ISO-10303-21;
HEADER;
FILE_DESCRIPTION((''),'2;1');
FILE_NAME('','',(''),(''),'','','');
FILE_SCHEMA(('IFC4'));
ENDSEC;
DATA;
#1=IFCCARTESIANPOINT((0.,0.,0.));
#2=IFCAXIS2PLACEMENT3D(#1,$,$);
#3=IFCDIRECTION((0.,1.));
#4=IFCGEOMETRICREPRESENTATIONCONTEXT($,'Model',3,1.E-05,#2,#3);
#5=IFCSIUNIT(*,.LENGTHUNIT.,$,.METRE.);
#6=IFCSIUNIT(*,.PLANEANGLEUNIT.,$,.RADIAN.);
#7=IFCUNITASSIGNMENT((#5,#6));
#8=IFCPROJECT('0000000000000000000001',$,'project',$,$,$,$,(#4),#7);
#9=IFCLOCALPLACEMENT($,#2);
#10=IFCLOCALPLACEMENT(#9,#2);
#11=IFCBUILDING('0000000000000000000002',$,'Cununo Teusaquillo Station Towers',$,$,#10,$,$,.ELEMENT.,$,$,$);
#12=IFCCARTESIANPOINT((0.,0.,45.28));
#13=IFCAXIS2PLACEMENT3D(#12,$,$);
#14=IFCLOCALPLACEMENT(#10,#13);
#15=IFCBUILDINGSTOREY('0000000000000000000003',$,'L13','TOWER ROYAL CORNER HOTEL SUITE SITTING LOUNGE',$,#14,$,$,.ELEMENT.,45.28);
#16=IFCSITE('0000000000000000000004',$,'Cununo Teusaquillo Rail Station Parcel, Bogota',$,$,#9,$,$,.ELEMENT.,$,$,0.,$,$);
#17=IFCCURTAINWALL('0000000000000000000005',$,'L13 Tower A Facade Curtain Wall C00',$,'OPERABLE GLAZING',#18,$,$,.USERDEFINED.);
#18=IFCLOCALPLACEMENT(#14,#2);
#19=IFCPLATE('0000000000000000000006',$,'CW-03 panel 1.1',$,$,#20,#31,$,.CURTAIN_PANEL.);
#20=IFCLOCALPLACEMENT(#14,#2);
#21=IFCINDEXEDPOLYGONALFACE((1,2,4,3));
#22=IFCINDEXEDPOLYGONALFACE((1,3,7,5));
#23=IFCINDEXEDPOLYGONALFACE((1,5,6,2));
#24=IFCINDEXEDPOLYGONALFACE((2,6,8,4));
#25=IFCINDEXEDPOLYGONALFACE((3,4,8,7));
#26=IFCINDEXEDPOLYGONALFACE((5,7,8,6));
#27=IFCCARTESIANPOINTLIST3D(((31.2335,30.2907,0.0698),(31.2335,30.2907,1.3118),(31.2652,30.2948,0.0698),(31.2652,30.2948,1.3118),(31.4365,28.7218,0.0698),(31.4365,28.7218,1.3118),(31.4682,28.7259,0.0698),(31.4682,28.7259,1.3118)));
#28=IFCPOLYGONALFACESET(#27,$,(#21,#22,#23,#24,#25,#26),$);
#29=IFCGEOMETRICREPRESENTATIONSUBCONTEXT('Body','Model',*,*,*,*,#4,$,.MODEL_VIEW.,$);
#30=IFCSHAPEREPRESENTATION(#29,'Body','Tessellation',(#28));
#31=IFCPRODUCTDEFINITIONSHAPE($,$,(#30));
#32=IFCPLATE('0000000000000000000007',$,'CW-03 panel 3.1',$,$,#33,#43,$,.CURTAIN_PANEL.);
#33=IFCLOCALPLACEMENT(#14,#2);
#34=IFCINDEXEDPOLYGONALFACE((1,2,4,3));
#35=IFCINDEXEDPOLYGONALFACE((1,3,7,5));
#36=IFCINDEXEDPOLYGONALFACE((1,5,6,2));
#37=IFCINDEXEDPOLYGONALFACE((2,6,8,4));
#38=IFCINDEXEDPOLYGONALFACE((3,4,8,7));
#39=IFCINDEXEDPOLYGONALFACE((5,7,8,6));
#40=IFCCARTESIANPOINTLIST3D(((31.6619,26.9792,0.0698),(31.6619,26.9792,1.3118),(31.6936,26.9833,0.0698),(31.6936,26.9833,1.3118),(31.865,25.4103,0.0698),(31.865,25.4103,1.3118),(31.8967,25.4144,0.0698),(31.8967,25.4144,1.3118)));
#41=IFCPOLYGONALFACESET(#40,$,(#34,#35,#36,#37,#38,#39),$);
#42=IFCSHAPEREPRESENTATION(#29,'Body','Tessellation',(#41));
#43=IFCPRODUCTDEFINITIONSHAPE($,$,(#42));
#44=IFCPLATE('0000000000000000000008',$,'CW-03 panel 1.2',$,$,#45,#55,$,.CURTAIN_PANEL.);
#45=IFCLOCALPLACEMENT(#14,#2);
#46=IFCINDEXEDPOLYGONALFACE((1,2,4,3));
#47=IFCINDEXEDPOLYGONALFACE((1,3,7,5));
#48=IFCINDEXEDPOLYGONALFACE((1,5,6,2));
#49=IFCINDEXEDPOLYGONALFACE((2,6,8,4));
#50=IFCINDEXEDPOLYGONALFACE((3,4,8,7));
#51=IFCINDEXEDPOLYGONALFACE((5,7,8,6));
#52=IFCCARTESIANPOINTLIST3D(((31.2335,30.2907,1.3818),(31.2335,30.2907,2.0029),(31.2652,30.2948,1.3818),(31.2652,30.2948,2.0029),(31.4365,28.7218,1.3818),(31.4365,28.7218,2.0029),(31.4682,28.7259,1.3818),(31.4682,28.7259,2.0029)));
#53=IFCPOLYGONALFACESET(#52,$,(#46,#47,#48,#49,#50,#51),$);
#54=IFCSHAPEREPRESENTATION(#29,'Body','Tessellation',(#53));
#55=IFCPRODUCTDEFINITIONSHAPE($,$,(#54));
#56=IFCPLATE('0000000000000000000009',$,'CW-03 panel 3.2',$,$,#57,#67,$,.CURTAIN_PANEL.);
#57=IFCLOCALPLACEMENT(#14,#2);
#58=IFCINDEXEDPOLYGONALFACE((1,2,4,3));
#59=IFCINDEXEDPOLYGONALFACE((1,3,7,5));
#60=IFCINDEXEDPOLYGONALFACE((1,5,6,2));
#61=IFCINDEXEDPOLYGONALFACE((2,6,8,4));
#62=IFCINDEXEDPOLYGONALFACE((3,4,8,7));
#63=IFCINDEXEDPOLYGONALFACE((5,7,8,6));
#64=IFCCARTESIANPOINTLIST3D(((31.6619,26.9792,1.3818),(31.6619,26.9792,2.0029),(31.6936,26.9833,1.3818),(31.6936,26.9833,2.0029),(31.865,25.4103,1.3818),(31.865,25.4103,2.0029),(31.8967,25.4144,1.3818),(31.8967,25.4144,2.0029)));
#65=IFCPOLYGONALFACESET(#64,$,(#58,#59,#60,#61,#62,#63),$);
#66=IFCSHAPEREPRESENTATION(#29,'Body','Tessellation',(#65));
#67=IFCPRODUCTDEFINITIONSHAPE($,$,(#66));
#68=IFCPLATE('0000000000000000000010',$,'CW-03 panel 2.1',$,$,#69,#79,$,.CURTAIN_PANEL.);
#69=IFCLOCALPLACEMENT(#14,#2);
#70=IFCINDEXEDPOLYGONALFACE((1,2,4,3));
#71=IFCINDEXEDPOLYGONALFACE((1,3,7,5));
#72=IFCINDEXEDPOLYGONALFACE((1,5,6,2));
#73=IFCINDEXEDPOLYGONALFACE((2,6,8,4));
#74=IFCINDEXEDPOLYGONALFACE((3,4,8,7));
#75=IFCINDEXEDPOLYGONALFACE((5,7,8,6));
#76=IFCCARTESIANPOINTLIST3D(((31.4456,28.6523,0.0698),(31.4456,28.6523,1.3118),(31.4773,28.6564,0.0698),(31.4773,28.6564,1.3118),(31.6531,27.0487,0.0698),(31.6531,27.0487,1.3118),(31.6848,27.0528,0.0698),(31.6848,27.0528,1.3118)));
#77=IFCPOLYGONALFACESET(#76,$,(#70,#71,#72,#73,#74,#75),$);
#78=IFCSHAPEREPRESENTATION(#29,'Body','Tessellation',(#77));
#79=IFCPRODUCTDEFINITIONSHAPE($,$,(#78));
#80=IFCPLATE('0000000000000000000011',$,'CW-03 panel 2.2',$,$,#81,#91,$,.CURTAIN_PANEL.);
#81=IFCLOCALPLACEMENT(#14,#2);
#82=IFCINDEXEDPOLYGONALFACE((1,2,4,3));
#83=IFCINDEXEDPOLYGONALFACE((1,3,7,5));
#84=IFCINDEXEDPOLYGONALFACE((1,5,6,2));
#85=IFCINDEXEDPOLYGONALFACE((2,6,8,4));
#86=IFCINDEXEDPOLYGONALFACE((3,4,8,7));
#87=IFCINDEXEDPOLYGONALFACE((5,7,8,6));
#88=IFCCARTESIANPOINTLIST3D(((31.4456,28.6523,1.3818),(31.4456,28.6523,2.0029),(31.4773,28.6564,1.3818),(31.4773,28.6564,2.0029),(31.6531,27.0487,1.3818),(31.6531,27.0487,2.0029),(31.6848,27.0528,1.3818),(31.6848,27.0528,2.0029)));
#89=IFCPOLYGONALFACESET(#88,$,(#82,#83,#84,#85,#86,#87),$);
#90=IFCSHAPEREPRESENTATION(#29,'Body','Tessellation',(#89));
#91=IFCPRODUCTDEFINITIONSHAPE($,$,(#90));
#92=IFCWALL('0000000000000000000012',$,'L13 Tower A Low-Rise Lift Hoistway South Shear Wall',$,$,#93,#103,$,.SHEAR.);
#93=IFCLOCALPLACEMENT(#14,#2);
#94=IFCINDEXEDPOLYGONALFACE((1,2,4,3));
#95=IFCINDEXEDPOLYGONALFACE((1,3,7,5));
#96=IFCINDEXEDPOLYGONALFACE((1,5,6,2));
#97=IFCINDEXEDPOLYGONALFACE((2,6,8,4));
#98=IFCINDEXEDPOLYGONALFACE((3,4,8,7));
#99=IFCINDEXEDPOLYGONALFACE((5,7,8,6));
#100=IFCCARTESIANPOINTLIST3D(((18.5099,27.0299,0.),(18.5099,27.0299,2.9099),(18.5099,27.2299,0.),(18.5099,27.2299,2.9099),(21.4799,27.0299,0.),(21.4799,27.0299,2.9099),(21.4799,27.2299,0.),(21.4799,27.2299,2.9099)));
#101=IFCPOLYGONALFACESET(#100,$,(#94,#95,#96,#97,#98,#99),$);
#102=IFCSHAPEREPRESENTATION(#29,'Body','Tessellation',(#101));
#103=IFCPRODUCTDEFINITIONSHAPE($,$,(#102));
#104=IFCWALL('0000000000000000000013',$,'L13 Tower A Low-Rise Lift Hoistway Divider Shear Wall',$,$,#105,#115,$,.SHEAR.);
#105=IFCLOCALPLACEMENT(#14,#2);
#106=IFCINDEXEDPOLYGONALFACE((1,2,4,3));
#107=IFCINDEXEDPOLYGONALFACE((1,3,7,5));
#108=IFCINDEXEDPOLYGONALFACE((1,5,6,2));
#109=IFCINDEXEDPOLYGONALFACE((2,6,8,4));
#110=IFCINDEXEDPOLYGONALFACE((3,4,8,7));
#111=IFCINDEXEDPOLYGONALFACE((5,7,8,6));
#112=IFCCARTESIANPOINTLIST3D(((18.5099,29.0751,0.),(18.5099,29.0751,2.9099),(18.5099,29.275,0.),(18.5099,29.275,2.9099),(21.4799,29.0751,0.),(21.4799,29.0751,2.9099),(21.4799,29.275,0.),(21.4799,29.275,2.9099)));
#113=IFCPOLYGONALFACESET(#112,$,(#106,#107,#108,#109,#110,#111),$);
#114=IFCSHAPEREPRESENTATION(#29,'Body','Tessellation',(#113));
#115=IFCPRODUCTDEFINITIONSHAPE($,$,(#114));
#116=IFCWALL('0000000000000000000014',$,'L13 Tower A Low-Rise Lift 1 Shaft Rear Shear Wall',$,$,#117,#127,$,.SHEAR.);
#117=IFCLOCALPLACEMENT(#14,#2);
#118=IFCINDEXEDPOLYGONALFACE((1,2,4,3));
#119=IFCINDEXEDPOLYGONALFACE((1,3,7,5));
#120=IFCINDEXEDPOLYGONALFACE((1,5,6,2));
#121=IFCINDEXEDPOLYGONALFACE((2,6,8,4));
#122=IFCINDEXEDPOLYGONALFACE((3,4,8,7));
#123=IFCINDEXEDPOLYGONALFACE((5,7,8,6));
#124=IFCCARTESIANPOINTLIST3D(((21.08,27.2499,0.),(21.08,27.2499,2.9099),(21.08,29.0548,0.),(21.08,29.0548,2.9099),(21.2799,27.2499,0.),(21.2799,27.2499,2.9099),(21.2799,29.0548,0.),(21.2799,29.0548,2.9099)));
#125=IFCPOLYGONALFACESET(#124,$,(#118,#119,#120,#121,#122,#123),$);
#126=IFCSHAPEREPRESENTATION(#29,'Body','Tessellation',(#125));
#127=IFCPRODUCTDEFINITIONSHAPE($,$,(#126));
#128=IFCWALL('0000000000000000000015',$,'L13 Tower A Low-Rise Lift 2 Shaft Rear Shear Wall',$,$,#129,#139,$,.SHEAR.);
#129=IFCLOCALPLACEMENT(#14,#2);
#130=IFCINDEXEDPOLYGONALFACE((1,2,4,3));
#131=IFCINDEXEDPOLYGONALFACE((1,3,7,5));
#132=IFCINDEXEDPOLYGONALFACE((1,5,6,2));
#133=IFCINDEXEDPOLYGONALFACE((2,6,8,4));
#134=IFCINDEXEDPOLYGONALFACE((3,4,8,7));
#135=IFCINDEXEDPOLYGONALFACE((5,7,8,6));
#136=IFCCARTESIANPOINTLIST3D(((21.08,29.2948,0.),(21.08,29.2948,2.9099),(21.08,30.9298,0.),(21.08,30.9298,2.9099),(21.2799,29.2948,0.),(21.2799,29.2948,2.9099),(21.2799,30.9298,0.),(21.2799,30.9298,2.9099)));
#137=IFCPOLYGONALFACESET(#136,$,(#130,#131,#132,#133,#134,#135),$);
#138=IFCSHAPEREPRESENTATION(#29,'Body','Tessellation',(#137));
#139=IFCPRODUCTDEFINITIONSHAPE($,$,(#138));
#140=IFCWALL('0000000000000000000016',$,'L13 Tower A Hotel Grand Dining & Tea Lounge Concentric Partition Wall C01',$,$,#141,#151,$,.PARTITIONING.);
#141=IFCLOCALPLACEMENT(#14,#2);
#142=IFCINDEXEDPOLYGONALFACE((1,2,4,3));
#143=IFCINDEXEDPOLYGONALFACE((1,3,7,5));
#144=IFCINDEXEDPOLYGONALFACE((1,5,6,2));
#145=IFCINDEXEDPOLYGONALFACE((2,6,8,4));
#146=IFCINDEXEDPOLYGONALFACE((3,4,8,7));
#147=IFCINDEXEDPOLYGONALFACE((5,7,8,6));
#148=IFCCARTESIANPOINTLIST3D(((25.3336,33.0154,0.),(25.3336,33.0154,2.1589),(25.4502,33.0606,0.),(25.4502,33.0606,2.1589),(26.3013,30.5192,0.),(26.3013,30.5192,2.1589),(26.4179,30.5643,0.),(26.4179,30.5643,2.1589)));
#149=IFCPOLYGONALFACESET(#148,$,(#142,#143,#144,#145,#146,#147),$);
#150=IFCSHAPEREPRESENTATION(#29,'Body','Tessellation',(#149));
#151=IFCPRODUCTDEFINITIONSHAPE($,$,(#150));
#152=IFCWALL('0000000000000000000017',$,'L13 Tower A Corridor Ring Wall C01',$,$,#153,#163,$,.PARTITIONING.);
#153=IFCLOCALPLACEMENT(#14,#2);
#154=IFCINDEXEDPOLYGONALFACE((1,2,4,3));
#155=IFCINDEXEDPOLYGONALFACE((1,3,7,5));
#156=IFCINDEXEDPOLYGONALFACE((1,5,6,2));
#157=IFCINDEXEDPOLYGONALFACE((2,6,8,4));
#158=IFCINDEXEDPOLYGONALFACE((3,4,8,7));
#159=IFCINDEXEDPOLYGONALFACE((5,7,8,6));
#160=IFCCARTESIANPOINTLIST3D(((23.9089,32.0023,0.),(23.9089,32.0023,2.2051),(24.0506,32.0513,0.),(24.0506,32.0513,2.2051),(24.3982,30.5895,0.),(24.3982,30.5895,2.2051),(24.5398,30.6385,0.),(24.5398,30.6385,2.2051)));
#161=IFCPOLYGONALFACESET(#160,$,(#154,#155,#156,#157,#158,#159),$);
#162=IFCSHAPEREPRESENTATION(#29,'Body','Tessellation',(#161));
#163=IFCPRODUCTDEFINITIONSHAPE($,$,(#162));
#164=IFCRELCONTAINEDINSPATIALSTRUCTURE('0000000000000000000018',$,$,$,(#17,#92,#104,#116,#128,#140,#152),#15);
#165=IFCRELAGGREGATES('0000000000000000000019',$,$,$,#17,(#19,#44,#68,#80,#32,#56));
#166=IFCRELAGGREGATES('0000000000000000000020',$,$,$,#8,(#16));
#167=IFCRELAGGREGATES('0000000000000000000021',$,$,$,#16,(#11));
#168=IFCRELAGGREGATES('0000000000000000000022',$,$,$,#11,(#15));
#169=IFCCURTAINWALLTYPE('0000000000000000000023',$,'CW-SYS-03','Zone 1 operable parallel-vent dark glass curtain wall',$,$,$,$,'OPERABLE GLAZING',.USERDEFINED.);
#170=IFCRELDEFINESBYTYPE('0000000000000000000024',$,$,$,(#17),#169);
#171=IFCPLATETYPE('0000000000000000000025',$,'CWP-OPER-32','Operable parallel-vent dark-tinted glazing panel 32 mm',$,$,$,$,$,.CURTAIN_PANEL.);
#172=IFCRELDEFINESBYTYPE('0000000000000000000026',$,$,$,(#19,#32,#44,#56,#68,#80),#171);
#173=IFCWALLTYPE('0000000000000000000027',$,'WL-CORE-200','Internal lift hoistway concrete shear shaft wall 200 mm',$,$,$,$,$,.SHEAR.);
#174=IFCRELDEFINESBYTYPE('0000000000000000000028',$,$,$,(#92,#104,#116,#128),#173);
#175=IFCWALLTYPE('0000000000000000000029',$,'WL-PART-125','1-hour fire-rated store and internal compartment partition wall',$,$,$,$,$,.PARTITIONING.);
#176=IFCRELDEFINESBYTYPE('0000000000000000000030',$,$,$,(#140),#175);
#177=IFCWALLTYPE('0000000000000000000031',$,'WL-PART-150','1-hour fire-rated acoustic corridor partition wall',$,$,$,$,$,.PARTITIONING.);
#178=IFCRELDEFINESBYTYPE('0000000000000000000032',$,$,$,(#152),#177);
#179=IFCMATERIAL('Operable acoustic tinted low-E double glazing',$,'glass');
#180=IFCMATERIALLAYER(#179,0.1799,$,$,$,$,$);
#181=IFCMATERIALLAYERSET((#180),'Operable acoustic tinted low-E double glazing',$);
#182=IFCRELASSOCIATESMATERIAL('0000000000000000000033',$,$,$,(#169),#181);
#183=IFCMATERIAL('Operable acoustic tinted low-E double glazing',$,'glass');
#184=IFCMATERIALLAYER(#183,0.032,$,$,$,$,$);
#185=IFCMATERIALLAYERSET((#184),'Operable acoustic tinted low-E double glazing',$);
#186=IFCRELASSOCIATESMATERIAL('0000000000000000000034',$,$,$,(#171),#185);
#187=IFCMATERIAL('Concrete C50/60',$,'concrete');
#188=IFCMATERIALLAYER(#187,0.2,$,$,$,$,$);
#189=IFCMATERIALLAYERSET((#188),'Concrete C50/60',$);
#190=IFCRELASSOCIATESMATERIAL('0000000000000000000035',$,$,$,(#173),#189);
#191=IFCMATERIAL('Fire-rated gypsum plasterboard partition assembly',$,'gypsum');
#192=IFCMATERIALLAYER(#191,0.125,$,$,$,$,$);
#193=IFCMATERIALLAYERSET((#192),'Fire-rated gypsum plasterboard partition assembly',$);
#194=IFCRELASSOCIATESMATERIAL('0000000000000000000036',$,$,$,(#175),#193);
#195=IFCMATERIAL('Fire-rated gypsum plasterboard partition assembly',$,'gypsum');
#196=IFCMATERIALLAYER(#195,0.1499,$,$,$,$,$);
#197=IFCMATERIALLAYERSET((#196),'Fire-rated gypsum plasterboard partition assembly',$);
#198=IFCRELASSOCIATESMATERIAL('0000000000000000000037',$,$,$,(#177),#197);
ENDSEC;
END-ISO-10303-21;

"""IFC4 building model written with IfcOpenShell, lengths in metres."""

from ifc_helpers import new_model, si_unit, direction, frame, frame_2d, origin, origin_2d, place, context, subcontext, project, spatial, rectangle, extrude, source, transform, mapped, material, layer, layer_set, type_object, element, aggregate, save


model = new_model("IFC4")

# Units and contexts
model_context = context("Model", 3, precision=1e-05, world=origin(), true_north=direction((0.0, 1.0)))
body_context = subcontext(model_context, "Body", "Model", "MODEL_VIEW")
ifc_project = project(units=[si_unit("LENGTHUNIT", "METRE"), si_unit("PLANEANGLEUNIT", "RADIAN")], contexts=[model_context])

# Site, building, storey
site_placement = place(None, origin())
site = spatial("IfcSite", under=ifc_project, at=site_placement, Name="Cununo Teusaquillo Rail Station Parcel, Bogota", CompositionType="ELEMENT", RefElevation=0.0)
building_placement = place(site_placement, origin())
building = spatial("IfcBuilding", under=site, at=building_placement, Name="Cununo Teusaquillo Station Towers", CompositionType="ELEMENT")
storey_placement = place(building_placement, frame((0.0, 0.0, 45.28)))
storey = spatial("IfcBuildingStorey", under=building, at=storey_placement, Name="L13", Description="TOWER ROYAL CORNER HOTEL SUITE SITTING LOUNGE", CompositionType="ELEMENT", Elevation=45.28)

# Curtain wall, plates
ifc_material_1 = material(Name="Operable acoustic tinted low-E double glazing", Category="glass")
ifc_layer_1 = layer(ifc_material_1, 0.1799)
ifc_layer_set_1 = layer_set([ifc_layer_1], Name="Operable acoustic tinted low-E double glazing")
curtain_wall_type = type_object("IfcCurtainWallType", Name="CW-SYS-03", Description="Zone 1 operable parallel-vent dark glass curtain wall", ElementType="OPERABLE GLAZING", PredefinedType="USERDEFINED", material=ifc_layer_set_1)
curtain_wall_placement = place(storey_placement, origin())
curtain_wall = element("IfcCurtainWall", 1, at=curtain_wall_placement, inside=storey, type_object=curtain_wall_type, Name="L13 Tower A Facade Curtain Wall C00", ObjectType="OPERABLE GLAZING", PredefinedType="USERDEFINED")
ifc_material_2 = material(Name="Operable acoustic tinted low-E double glazing", Category="glass")
ifc_layer_2 = layer(ifc_material_2, 0.032)
ifc_layer_set_2 = layer_set([ifc_layer_2], Name="Operable acoustic tinted low-E double glazing")
plate_type = type_object("IfcPlateType", Name="CWP-OPER-32", Description="Operable parallel-vent dark-tinted glazing panel 32 mm", PredefinedType="CURTAIN_PANEL", material=ifc_layer_set_2)
shared_shape_1 = source(origin(), body_context, "Body", "SweptSolid", [
    extrude(rectangle(XDim=1.582, YDim=0.032, at=origin_2d()), origin(), (0.0, 0.0, 1.0), 1.2419),
])
plate_1_placement = place(storey_placement, frame((31.3508, 29.5083, 0.0698), z_axis=(0.0, 0.0, 1.0), x_axis=(0.128336, -0.991731, 0.0)))
plate_1 = element("IfcPlate", 2, at=plate_1_placement, type_object=plate_type, Name="CW-03 panel 1.1", PredefinedType="CURTAIN_PANEL", context=body_context, shape_type="MappedRepresentation", body=[
    mapped(shared_shape_1, transform((0.0, 0.0, 0.0), x_axis=(1.0, 0.0, 0.0), y_axis=(0.0, 1.0, 0.0), z_axis=(0.0, 0.0, 1.0), scale=1.0)),
])
plate_2_placement = place(storey_placement, frame((31.7793, 26.1968, 0.0698), z_axis=(0.0, 0.0, 1.0), x_axis=(0.128336, -0.991731, 0.0)))
plate_2 = element("IfcPlate", 3, at=plate_2_placement, type_object=plate_type, Name="CW-03 panel 3.1", PredefinedType="CURTAIN_PANEL", context=body_context, shape_type="MappedRepresentation", body=[
    mapped(shared_shape_1, transform((0.0, 0.0, 0.0), x_axis=(1.0, 0.0, 0.0), y_axis=(0.0, 1.0, 0.0), z_axis=(0.0, 0.0, 1.0), scale=1.0)),
])
shared_shape_2 = source(origin(), body_context, "Body", "SweptSolid", [
    extrude(rectangle(XDim=1.582, YDim=0.032, at=origin_2d()), origin(), (0.0, 0.0, 1.0), 0.6211),
])
plate_3_placement = place(storey_placement, frame((31.3508, 29.5083, 1.3818), z_axis=(0.0, 0.0, 1.0), x_axis=(0.128336, -0.991731, 0.0)))
plate_3 = element("IfcPlate", 4, at=plate_3_placement, type_object=plate_type, Name="CW-03 panel 1.2", PredefinedType="CURTAIN_PANEL", context=body_context, shape_type="MappedRepresentation", body=[
    mapped(shared_shape_2, transform((0.0, 0.0, 0.0), x_axis=(1.0, 0.0, 0.0), y_axis=(0.0, 1.0, 0.0), z_axis=(0.0, 0.0, 1.0), scale=1.0)),
])
plate_4_placement = place(storey_placement, frame((31.7793, 26.1968, 1.3818), z_axis=(0.0, 0.0, 1.0), x_axis=(0.128336, -0.991731, 0.0)))
plate_4 = element("IfcPlate", 5, at=plate_4_placement, type_object=plate_type, Name="CW-03 panel 3.2", PredefinedType="CURTAIN_PANEL", context=body_context, shape_type="MappedRepresentation", body=[
    mapped(shared_shape_2, transform((0.0, 0.0, 0.0), x_axis=(1.0, 0.0, 0.0), y_axis=(0.0, 1.0, 0.0), z_axis=(0.0, 0.0, 1.0), scale=1.0)),
])
shared_shape_3 = source(origin(), body_context, "Body", "SweptSolid", [
    extrude(rectangle(XDim=1.6169, YDim=0.032, at=origin_2d()), origin(), (0.0, 0.0, 1.0), 1.2419),
])
plate_5_placement = place(storey_placement, frame((31.5652, 27.8525, 0.0698), z_axis=(0.0, 0.0, 1.0), x_axis=(0.128336, -0.991731, 0.0)))
plate_5 = element("IfcPlate", 6, at=plate_5_placement, type_object=plate_type, Name="CW-03 panel 2.1", PredefinedType="CURTAIN_PANEL", context=body_context, shape_type="MappedRepresentation", body=[
    mapped(shared_shape_3, transform((0.0, 0.0, 0.0), x_axis=(1.0, 0.0, 0.0), y_axis=(0.0, 1.0, 0.0), z_axis=(0.0, 0.0, 1.0), scale=1.0)),
])
shared_shape_4 = source(origin(), body_context, "Body", "SweptSolid", [
    extrude(rectangle(XDim=1.6169, YDim=0.032, at=origin_2d()), origin(), (0.0, 0.0, 1.0), 0.6211),
])
plate_6_placement = place(storey_placement, frame((31.5652, 27.8525, 1.3818), z_axis=(0.0, 0.0, 1.0), x_axis=(0.128336, -0.991731, 0.0)))
plate_6 = element("IfcPlate", 7, at=plate_6_placement, type_object=plate_type, Name="CW-03 panel 2.2", PredefinedType="CURTAIN_PANEL", context=body_context, shape_type="MappedRepresentation", body=[
    mapped(shared_shape_4, transform((0.0, 0.0, 0.0), x_axis=(1.0, 0.0, 0.0), y_axis=(0.0, 1.0, 0.0), z_axis=(0.0, 0.0, 1.0), scale=1.0)),
])
aggregate(curtain_wall, [plate_1, plate_3, plate_5, plate_6, plate_2, plate_4])

# Walls
ifc_material_3 = material(Name="Concrete C50/60", Category="concrete")
ifc_layer_3 = layer(ifc_material_3, 0.2)
ifc_layer_set_3 = layer_set([ifc_layer_3], Name="Concrete C50/60")
wall_type_1 = type_object("IfcWallType", Name="WL-CORE-200", Description="Internal lift hoistway concrete shear shaft wall 200 mm", PredefinedType="SHEAR", material=ifc_layer_set_3)
for number, where, z_axis, x_axis, name in (
    (8, (18.51, 27.1299, 0.0), (0.0, 0.0, 1.0), (1.0, 0.0, 0.0), "L13 Tower A Low-Rise Lift Hoistway South Shear Wall"),
    (9, (18.51, 29.175, 0.0), (0.0, 0.0, 1.0), (1.0, 0.0, 0.0), "L13 Tower A Low-Rise Lift Hoistway Divider Shear Wall"),
):
    element("IfcWall", number, at=place(storey_placement, frame(where, z_axis=z_axis, x_axis=x_axis)), inside=storey, type_object=wall_type_1, Name=name, PredefinedType="SHEAR", context=body_context, shape_type="SweptSolid", body=[
        extrude(rectangle(XDim=2.97, YDim=0.2, at=frame_2d((1.4849, 0.0))), origin(), (0.0, 0.0, 1.0), 2.9099),
    ])
wall_1_placement = place(storey_placement, frame((21.1799, 27.25, 0.0), z_axis=(0.0, 0.0, 1.0), x_axis=(0.0, 1.0, 0.0)))
element("IfcWall", 10, at=wall_1_placement, inside=storey, type_object=wall_type_1, Name="L13 Tower A Low-Rise Lift 1 Shaft Rear Shear Wall", PredefinedType="SHEAR", context=body_context, shape_type="SweptSolid", body=[
    extrude(rectangle(XDim=1.8049, YDim=0.2, at=frame_2d((0.9023, 0.0))), origin(), (0.0, 0.0, 1.0), 2.9099),
])
wall_2_placement = place(storey_placement, frame((21.1799, 29.2949, 0.0), z_axis=(0.0, 0.0, 1.0), x_axis=(0.0, 1.0, 0.0)))
element("IfcWall", 11, at=wall_2_placement, inside=storey, type_object=wall_type_1, Name="L13 Tower A Low-Rise Lift 2 Shaft Rear Shear Wall", PredefinedType="SHEAR", context=body_context, shape_type="SweptSolid", body=[
    extrude(rectangle(XDim=1.635, YDim=0.2, at=frame_2d((0.8174, 0.0))), origin(), (0.0, 0.0, 1.0), 2.9099),
])
ifc_material_4 = material(Name="Fire-rated gypsum plasterboard partition assembly", Category="gypsum")
ifc_layer_4 = layer(ifc_material_4, 0.125)
ifc_layer_set_4 = layer_set([ifc_layer_4], Name="Fire-rated gypsum plasterboard partition assembly")
wall_type_2 = type_object("IfcWallType", Name="WL-PART-125", Description="1-hour fire-rated store and internal compartment partition wall", PredefinedType="PARTITIONING", material=ifc_layer_set_4)
wall_3_placement = place(storey_placement, frame((26.3596, 30.5417, 0.0), z_axis=(0.0, 0.0, 1.0), x_axis=(-0.361465, 0.932386, 0.0)))
element("IfcWall", 12, at=wall_3_placement, inside=storey, type_object=wall_type_2, Name="L13 Tower A Hotel Grand Dining & Tea Lounge Concentric Partition Wall C01", PredefinedType="PARTITIONING", context=body_context, shape_type="SweptSolid", body=[
    extrude(rectangle(XDim=2.6772, YDim=0.125, at=frame_2d((1.3386, 0.0))), origin(), (0.0, 0.0, 1.0), 2.1589),
])
ifc_material_5 = material(Name="Fire-rated gypsum plasterboard partition assembly", Category="gypsum")
ifc_layer_5 = layer(ifc_material_5, 0.1499)
ifc_layer_set_5 = layer_set([ifc_layer_5], Name="Fire-rated gypsum plasterboard partition assembly")
wall_type_3 = type_object("IfcWallType", Name="WL-PART-150", Description="1-hour fire-rated acoustic corridor partition wall", PredefinedType="PARTITIONING", material=ifc_layer_set_5)
wall_4_placement = place(storey_placement, frame((24.469, 30.614, 0.0), z_axis=(0.0, 0.0, 1.0), x_axis=(-0.327228, 0.944945, 0.0)))
element("IfcWall", 13, at=wall_4_placement, inside=storey, type_object=wall_type_3, Name="L13 Tower A Corridor Ring Wall C01", PredefinedType="PARTITIONING", context=body_context, shape_type="SweptSolid", body=[
    extrude(rectangle(XDim=1.4951, YDim=0.1499, at=frame_2d((0.7476, 0.0))), origin(), (0.0, 0.0, 1.0), 2.2051),
])

save(model, "model.ifc")
